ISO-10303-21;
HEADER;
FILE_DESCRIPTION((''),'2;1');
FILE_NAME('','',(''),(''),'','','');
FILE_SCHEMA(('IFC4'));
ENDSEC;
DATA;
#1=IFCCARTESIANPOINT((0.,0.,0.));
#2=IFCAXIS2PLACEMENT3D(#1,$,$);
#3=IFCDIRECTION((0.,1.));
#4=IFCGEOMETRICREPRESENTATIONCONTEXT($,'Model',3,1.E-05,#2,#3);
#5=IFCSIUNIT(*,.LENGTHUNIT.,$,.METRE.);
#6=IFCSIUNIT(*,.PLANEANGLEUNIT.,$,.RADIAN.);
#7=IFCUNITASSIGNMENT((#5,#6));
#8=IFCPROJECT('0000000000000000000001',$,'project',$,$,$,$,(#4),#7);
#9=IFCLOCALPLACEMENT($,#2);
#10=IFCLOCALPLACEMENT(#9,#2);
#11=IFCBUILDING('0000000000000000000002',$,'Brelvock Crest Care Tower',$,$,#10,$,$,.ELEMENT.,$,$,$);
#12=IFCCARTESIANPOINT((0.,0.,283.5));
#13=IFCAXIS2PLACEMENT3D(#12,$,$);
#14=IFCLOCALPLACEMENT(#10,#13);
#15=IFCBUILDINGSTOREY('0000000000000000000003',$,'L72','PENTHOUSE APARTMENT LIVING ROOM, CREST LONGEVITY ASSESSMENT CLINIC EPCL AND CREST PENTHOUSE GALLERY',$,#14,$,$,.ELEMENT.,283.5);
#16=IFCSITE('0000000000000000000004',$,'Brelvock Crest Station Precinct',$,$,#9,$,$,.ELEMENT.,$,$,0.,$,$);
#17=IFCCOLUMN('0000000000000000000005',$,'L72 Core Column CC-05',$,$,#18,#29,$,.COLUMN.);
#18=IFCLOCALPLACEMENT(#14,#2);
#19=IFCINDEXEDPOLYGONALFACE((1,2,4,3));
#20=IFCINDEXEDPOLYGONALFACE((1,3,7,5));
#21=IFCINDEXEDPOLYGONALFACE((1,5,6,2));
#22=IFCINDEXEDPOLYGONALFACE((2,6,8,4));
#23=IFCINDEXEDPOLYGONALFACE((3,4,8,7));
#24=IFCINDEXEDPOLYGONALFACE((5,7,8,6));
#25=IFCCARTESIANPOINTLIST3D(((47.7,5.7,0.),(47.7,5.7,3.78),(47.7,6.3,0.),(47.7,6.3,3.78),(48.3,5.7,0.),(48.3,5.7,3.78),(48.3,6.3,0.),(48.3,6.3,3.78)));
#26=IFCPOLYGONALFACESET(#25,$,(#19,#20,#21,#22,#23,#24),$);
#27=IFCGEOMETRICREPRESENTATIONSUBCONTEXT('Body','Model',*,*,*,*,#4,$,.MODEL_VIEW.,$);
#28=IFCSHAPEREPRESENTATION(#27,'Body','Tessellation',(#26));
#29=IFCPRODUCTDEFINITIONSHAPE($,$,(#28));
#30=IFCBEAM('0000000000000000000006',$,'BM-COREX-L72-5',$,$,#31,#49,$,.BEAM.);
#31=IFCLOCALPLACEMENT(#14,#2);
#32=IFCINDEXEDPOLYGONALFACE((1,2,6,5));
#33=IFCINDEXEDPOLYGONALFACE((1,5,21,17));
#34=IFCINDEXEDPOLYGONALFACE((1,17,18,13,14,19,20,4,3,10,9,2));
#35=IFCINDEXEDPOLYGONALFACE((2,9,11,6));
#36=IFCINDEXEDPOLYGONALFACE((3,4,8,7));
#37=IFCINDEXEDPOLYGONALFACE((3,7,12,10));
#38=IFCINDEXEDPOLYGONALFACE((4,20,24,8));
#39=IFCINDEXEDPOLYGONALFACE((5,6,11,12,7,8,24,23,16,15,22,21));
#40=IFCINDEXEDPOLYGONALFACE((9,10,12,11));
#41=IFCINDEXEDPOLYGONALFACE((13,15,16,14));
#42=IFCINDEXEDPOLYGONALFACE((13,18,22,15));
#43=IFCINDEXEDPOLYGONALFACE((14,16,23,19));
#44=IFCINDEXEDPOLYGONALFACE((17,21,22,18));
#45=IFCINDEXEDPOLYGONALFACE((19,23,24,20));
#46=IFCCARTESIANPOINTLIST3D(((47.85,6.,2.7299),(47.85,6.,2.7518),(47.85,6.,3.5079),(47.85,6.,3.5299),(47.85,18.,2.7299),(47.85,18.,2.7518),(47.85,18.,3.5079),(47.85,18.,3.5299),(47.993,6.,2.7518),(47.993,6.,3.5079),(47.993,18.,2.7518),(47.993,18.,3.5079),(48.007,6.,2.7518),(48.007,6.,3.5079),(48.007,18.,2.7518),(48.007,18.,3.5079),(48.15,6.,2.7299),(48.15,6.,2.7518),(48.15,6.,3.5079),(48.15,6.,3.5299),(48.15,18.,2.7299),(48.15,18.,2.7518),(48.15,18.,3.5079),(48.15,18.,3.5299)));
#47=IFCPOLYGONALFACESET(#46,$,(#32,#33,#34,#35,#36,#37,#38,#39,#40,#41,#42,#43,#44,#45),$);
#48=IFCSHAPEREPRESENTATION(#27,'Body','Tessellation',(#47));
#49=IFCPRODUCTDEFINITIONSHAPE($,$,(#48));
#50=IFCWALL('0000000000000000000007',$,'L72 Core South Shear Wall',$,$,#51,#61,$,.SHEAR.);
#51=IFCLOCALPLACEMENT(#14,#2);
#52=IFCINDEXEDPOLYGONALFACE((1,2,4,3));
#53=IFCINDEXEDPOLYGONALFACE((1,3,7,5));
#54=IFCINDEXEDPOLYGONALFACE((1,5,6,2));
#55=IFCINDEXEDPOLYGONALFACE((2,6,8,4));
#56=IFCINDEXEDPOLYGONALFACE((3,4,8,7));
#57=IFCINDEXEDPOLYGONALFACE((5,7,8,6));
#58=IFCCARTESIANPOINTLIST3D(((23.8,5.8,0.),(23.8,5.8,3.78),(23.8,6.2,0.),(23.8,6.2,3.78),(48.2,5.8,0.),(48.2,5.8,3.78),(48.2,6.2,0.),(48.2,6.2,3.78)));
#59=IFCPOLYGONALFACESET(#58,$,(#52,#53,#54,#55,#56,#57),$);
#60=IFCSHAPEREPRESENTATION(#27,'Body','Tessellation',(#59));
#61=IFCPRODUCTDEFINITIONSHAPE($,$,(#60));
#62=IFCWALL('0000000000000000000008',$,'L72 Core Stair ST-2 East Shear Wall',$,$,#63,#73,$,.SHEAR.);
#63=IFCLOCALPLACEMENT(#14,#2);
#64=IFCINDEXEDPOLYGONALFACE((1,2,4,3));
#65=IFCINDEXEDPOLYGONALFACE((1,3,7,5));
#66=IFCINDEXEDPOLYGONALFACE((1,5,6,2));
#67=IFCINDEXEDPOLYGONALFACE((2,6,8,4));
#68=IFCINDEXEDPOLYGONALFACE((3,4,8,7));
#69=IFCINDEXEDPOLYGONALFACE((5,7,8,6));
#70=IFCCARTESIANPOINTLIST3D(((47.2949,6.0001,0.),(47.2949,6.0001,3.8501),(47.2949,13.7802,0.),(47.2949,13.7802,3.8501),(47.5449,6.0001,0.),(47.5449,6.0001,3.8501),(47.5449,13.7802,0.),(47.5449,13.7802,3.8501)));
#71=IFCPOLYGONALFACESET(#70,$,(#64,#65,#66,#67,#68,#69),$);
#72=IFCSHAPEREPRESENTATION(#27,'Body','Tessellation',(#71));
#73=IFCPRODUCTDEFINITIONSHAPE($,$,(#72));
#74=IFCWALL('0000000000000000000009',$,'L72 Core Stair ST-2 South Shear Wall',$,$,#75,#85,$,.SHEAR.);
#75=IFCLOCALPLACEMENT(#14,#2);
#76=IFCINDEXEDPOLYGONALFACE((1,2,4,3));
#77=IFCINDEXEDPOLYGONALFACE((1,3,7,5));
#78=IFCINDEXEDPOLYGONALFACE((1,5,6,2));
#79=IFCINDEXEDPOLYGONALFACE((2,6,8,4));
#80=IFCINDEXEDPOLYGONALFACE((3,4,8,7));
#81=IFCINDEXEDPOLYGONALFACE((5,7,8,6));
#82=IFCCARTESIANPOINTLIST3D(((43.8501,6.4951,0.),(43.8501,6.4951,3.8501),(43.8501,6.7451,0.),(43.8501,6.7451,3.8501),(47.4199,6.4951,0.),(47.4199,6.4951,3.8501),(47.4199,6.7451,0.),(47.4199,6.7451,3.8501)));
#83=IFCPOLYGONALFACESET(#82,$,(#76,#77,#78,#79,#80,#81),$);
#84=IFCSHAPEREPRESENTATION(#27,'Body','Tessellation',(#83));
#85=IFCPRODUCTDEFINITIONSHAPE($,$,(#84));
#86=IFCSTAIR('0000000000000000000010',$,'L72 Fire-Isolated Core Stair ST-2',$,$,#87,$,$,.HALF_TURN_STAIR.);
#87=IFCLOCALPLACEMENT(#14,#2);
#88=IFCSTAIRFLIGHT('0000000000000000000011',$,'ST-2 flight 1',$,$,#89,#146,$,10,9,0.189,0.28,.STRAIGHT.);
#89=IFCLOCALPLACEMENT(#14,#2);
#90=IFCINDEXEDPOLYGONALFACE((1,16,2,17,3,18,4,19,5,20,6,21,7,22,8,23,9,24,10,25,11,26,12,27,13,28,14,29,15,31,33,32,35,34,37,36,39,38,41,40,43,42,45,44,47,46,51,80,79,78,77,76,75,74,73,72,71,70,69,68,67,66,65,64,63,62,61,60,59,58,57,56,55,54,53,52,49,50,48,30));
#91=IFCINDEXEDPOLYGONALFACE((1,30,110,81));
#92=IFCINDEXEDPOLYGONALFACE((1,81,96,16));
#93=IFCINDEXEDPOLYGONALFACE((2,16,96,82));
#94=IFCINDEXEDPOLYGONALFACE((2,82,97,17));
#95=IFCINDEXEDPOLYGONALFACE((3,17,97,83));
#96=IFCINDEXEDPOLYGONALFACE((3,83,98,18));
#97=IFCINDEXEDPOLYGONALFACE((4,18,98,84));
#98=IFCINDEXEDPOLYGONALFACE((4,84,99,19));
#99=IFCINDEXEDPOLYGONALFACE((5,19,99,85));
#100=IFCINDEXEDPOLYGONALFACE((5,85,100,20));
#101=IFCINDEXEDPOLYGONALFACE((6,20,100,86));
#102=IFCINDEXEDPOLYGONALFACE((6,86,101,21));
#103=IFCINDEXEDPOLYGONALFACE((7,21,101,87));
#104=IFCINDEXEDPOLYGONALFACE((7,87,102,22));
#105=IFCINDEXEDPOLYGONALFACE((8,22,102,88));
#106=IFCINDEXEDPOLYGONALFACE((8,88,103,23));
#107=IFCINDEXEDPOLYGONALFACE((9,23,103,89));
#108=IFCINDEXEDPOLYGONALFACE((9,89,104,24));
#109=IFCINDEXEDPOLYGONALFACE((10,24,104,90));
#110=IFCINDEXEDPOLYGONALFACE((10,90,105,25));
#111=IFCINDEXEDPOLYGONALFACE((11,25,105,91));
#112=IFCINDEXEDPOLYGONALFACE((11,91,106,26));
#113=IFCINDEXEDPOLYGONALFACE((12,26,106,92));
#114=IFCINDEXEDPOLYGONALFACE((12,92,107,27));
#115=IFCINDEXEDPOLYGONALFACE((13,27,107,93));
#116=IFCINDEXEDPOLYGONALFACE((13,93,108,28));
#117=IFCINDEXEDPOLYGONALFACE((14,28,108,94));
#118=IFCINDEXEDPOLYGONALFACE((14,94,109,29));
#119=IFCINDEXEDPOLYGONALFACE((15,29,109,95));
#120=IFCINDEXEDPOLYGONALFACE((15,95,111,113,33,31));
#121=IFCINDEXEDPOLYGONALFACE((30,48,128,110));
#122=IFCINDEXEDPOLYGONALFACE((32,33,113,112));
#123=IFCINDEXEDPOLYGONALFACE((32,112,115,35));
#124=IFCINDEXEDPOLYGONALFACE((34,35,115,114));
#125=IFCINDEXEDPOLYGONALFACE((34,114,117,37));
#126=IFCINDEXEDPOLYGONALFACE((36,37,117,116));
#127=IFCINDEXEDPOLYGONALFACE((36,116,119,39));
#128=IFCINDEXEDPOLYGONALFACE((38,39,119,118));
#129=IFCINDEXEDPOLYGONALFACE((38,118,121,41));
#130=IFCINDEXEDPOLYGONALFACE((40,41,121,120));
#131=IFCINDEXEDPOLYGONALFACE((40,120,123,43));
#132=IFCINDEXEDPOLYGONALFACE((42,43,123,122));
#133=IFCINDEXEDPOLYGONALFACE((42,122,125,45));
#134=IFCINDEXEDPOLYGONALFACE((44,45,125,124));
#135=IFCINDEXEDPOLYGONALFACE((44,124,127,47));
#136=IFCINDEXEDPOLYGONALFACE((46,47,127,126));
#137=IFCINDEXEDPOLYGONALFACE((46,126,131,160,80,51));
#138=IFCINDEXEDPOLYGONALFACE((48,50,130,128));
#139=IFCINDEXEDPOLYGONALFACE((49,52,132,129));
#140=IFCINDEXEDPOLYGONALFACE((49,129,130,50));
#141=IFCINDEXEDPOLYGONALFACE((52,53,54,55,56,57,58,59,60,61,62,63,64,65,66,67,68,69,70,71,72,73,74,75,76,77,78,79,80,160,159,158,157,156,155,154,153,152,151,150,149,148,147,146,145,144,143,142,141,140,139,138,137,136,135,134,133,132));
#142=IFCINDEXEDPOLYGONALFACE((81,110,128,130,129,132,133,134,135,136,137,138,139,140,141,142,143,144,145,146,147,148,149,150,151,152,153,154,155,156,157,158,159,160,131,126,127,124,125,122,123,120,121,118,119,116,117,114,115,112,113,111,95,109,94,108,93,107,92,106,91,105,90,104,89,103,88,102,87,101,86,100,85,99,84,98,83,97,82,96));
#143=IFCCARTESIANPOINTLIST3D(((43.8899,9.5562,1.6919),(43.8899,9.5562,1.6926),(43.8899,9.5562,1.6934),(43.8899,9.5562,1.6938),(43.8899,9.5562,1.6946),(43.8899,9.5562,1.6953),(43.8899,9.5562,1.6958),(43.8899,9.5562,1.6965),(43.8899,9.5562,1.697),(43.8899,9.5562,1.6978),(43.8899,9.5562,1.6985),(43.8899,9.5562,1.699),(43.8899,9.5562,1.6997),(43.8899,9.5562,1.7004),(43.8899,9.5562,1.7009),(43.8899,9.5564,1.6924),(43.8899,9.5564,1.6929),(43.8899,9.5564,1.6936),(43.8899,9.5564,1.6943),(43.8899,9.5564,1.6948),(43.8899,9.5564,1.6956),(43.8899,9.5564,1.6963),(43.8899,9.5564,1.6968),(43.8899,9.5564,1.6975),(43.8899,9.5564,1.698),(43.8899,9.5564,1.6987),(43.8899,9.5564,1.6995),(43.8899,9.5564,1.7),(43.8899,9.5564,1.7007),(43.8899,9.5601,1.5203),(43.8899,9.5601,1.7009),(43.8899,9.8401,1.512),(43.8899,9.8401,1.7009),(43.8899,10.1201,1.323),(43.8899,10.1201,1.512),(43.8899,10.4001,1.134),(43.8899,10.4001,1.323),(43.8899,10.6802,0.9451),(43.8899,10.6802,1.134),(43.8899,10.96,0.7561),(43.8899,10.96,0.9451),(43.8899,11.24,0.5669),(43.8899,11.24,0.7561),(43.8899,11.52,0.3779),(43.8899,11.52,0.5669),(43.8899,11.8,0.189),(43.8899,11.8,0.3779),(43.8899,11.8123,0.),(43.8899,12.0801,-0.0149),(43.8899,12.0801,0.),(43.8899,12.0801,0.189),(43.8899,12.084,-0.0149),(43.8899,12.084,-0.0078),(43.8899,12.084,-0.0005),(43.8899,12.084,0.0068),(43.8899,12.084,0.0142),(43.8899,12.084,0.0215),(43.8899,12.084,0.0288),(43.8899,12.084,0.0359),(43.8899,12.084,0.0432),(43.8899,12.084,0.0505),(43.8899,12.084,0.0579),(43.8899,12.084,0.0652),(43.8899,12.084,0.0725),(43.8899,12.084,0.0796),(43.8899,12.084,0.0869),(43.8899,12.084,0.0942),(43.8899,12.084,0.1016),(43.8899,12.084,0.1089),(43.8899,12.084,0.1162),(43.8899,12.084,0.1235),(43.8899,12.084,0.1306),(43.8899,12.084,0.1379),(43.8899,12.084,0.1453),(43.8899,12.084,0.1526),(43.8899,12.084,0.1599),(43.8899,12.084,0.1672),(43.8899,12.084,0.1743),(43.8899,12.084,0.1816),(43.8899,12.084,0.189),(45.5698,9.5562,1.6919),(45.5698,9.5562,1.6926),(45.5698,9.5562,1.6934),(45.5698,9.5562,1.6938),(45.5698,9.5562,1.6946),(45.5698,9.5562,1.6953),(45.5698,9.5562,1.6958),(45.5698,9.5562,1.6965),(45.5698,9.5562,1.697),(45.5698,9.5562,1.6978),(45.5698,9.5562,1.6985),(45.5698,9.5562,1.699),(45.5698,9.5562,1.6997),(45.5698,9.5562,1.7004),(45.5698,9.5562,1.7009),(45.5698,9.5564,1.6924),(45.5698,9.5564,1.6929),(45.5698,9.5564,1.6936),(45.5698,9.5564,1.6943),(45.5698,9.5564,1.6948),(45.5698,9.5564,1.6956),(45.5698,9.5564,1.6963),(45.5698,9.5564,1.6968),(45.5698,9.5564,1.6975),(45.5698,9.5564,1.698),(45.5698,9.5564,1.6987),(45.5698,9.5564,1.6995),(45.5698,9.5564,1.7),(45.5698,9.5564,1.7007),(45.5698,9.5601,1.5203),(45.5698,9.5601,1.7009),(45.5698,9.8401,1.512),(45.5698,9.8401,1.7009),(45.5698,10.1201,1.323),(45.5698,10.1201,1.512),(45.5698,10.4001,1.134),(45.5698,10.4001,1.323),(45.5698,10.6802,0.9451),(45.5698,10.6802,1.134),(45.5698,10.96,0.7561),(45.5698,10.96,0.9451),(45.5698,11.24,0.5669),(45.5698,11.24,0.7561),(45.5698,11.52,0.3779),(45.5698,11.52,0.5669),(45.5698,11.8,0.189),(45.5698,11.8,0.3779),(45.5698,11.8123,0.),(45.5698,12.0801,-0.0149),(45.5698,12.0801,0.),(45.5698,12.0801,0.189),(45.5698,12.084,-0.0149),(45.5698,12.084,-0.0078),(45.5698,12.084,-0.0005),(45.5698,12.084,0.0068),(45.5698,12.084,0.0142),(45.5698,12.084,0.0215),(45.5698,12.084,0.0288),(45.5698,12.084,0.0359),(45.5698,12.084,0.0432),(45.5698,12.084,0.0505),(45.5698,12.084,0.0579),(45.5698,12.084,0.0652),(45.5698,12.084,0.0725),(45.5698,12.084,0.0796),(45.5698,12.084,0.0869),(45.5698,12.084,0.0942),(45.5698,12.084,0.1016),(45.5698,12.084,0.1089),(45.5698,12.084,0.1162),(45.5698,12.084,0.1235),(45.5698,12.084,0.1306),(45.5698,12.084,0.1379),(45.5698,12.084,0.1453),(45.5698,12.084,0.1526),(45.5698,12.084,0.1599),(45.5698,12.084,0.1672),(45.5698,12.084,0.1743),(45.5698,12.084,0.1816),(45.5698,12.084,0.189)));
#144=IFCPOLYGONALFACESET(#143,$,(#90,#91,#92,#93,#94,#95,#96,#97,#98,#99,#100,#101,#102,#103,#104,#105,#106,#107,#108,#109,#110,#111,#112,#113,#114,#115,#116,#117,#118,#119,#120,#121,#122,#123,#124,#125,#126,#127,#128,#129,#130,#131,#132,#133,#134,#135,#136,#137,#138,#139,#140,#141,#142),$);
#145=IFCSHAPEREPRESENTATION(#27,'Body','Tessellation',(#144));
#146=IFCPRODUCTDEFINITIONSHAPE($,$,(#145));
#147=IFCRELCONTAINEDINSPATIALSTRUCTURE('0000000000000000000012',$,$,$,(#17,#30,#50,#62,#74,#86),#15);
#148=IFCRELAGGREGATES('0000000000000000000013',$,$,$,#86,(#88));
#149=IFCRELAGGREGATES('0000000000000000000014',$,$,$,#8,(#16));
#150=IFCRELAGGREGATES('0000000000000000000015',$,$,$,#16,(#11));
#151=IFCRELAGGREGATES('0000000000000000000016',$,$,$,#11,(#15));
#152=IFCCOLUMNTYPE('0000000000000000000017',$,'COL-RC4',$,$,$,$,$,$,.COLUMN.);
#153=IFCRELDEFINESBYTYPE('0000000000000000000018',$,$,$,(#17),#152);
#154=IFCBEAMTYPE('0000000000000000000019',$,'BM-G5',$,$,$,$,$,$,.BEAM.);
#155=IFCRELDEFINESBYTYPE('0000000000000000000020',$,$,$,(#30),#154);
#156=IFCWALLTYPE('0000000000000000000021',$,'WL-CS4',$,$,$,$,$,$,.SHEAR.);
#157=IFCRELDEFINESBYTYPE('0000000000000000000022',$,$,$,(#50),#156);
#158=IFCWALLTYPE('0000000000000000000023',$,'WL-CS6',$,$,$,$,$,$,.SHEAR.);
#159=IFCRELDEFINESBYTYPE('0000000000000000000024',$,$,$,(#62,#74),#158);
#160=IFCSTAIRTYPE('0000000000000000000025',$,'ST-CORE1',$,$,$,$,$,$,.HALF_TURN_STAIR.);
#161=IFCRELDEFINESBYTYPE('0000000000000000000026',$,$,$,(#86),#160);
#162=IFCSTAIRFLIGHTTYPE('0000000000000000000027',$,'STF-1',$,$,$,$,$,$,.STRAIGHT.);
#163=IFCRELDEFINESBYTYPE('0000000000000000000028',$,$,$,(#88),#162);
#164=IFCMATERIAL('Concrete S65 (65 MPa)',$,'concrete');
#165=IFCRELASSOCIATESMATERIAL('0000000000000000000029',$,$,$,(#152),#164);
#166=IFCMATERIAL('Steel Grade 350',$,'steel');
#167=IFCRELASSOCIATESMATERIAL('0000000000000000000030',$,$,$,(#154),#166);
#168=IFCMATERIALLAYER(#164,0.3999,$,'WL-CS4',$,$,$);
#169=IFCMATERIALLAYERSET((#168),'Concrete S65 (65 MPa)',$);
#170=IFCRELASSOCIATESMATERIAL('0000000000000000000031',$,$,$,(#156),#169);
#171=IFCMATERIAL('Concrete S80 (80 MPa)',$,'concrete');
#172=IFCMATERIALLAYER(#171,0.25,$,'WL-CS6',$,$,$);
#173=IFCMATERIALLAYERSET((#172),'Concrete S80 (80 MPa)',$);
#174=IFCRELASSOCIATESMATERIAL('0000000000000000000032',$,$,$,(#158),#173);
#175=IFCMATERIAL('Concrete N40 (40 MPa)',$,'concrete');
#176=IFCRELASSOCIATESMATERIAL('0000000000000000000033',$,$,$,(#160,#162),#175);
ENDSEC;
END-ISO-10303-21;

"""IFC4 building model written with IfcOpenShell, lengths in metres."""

from ifc_helpers import new_model, si_unit, direction, frame, frame_2d, origin, origin_2d, place, context, subcontext, project, spatial, polyline, rectangle, i_section, outline, extrude, source, transform, mapped, material, layer, layer_set, material_profile, profile_set, type_object, element, aggregate, save


model = new_model("IFC4")

# Units and contexts
model_context = context("Model", 3, precision=1e-05, world=origin(), true_north=direction((0.0, 1.0)))
body_context = subcontext(model_context, "Body", "Model", "MODEL_VIEW")
ifc_project = project(units=[si_unit("LENGTHUNIT", "METRE"), si_unit("PLANEANGLEUNIT", "RADIAN")], contexts=[model_context])

# Site, building, storey
site_placement = place(None, origin())
site = spatial("IfcSite", under=ifc_project, at=site_placement, Name="Brelvock Crest Station Precinct", CompositionType="ELEMENT", RefElevation=0.0)
building_placement = place(site_placement, origin())
building = spatial("IfcBuilding", under=site, at=building_placement, Name="Brelvock Crest Care Tower", CompositionType="ELEMENT")
storey_placement = place(building_placement, frame((0.0, 0.0, 283.5)))
storey = spatial("IfcBuildingStorey", under=building, at=storey_placement, Name="L72", Description="PENTHOUSE APARTMENT LIVING ROOM, CREST LONGEVITY ASSESSMENT CLINIC EPCL AND CREST PENTHOUSE GALLERY", CompositionType="ELEMENT", Elevation=283.5)

# Column
ifc_material_1 = material(Name="Concrete S65 (65 MPa)", Category="concrete")
ifc_material_profile_1 = material_profile(ifc_material_1, rectangle(XDim=0.6001, YDim=0.6001, at=origin_2d()), Name="RC600x600")
ifc_profile_set_1 = profile_set([ifc_material_profile_1], Name="Concrete S65 (65 MPa)")
column_type = type_object("IfcColumnType", Name="COL-RC4", PredefinedType="COLUMN", material=ifc_profile_set_1)
shared_shape_1 = source(origin(), body_context, "Body", "SweptSolid", [
    extrude(rectangle(XDim=0.6001, YDim=0.6001, at=origin_2d()), origin(), (0.0, 0.0, 1.0), 3.78),
])
column_placement = place(storey_placement, frame((48.0, 6.0, 0.0), z_axis=(0.0, 0.0, 1.0), x_axis=(1.0, 0.0, 0.0)))
element("IfcColumn", 1, at=column_placement, inside=storey, type_object=column_type, Name="L72 Core Column CC-05", PredefinedType="COLUMN", context=body_context, shape_type="MappedRepresentation", body=[
    mapped(shared_shape_1, transform((0.0, 0.0, 0.0), x_axis=(1.0, 0.0, 0.0), y_axis=(0.0, 1.0, 0.0), z_axis=(0.0, 0.0, 1.0), scale=1.0)),
])

# Beam
ifc_material_2 = material(Name="Steel Grade 350", Category="steel")
ifc_material_profile_2 = material_profile(ifc_material_2, i_section(OverallWidth=0.3, OverallDepth=0.8, WebThickness=0.0139, FlangeThickness=0.022, at=origin_2d()), Name="800WB192")
ifc_profile_set_2 = profile_set([ifc_material_profile_2], Name="Steel Grade 350")
beam_type = type_object("IfcBeamType", Name="BM-G5", PredefinedType="BEAM", material=ifc_profile_set_2)
shared_shape_2 = source(origin(), body_context, "Body", "SweptSolid", [
    extrude(i_section(OverallWidth=0.3, OverallDepth=0.8, WebThickness=0.0139, FlangeThickness=0.022, at=origin_2d()), origin(), (0.0, 0.0, 1.0), 12.0),
])
beam_placement = place(storey_placement, frame((48.0, 6.0, 3.1299), z_axis=(0.0, 1.0, 0.0), x_axis=(-1.0, 0.0, 0.0)))
element("IfcBeam", 2, at=beam_placement, inside=storey, type_object=beam_type, Name="BM-COREX-L72-5", PredefinedType="BEAM", context=body_context, shape_type="MappedRepresentation", body=[
    mapped(shared_shape_2, transform((0.0, 0.0, 0.0), x_axis=(1.0, 0.0, 0.0), y_axis=(0.0, 1.0, 0.0), z_axis=(0.0, 0.0, 1.0), scale=1.0)),
])

# Walls
ifc_layer_1 = layer(ifc_material_1, 0.3999, Name="WL-CS4")
ifc_layer_set_1 = layer_set([ifc_layer_1], Name="Concrete S65 (65 MPa)")
wall_type_1 = type_object("IfcWallType", Name="WL-CS4", PredefinedType="SHEAR", material=ifc_layer_set_1)
wall_1_placement = place(storey_placement, frame((48.2, 6.0, 0.0), z_axis=(0.0, 0.0, 1.0), x_axis=(-1.0, 0.0, 0.0)))
element("IfcWall", 3, at=wall_1_placement, inside=storey, type_object=wall_type_1, Name="L72 Core South Shear Wall", PredefinedType="SHEAR", context=body_context, shape_type="SweptSolid", body=[
    extrude(rectangle(XDim=24.3999, YDim=0.3999, at=frame_2d((12.2, 0.0))), origin(), (0.0, 0.0, 1.0), 3.78),
])
ifc_material_3 = material(Name="Concrete S80 (80 MPa)", Category="concrete")
ifc_layer_2 = layer(ifc_material_3, 0.25, Name="WL-CS6")
ifc_layer_set_2 = layer_set([ifc_layer_2], Name="Concrete S80 (80 MPa)")
wall_type_2 = type_object("IfcWallType", Name="WL-CS6", PredefinedType="SHEAR", material=ifc_layer_set_2)
wall_2_placement = place(storey_placement, frame((47.4199, 6.0, 0.0), z_axis=(0.0, 0.0, 1.0), x_axis=(0.0, 1.0, 0.0)))
element("IfcWall", 4, at=wall_2_placement, inside=storey, type_object=wall_type_2, Name="L72 Core Stair ST-2 East Shear Wall", PredefinedType="SHEAR", context=body_context, shape_type="SweptSolid", body=[
    extrude(rectangle(XDim=7.78, YDim=0.25, at=frame_2d((3.8901, 0.0))), origin(), (0.0, 0.0, 1.0), 3.8501),
])
wall_3_placement = place(storey_placement, frame((43.8501, 6.6201, 0.0), z_axis=(0.0, 0.0, 1.0), x_axis=(1.0, 0.0, 0.0)))
element("IfcWall", 5, at=wall_3_placement, inside=storey, type_object=wall_type_2, Name="L72 Core Stair ST-2 South Shear Wall", PredefinedType="SHEAR", context=body_context, shape_type="SweptSolid", body=[
    extrude(rectangle(XDim=3.5698, YDim=0.25, at=frame_2d((1.7849, 0.0))), origin(), (0.0, 0.0, 1.0), 3.8501),
])

# Stair, stair flight
ifc_material_4 = material(Name="Concrete N40 (40 MPa)", Category="concrete")
stair_type = type_object("IfcStairType", Name="ST-CORE1", PredefinedType="HALF_TURN_STAIR", material=ifc_material_4)
stair_placement = place(storey_placement, origin())
stair = element("IfcStair", 6, at=stair_placement, inside=storey, type_object=stair_type, Name="L72 Fire-Isolated Core Stair ST-2", PredefinedType="HALF_TURN_STAIR")
stair_flight_type = type_object("IfcStairFlightType", Name="STF-1", PredefinedType="STRAIGHT", material=ifc_material_4)
stair_flight_1_placement = place(storey_placement, frame((44.73, 12.0801, 0.0), z_axis=(0.0, 0.0, 1.0), x_axis=(0.0, -1.0, 0.0)))
stair_flight_1 = element("IfcStairFlight", 7, at=stair_flight_1_placement, type_object=stair_flight_type, Name="ST-2 flight 1", NumberOfRisers=10, NumberOfTreads=9, PredefinedType="STRAIGHT", RiserHeight=0.189, TreadLength=0.28, context=body_context, shape_type="SweptSolid", body=[
    extrude(outline(polyline([(-0.0039, -0.0149), (-0.0039, -0.0078), (-0.0039, -0.0005), (-0.0039, 0.0068), (-0.0039, 0.0142), (-0.0039, 0.0215), (-0.0039, 0.0288), (-0.0039, 0.0359), (-0.0039, 0.0432), (-0.0039, 0.0505), (-0.0039, 0.0579), (-0.0039, 0.0652), (-0.0039, 0.0725), (-0.0039, 0.0796), (-0.0039, 0.0869), (-0.0039, 0.0942), (-0.0039, 0.1016), (-0.0039, 0.1089), (-0.0039, 0.1162), (-0.0039, 0.1235), (-0.0039, 0.1306), (-0.0039, 0.1379), (-0.0039, 0.1453), (-0.0039, 0.1526), (-0.0039, 0.1599), (-0.0039, 0.1672), (-0.0039, 0.1743), (-0.0039, 0.1816), (-0.0039, 0.189), (0.0, 0.189), (0.28, 0.189), (0.28, 0.3779), (0.5601, 0.3779), (0.5601, 0.5669), (0.8401, 0.5669), (0.8401, 0.7561), (1.1201, 0.7561), (1.1201, 0.9451), (1.3999, 0.9451), (1.3999, 1.134), (1.6799, 1.134), (1.6799, 1.323), (1.96, 1.323), (1.96, 1.512), (2.24, 1.512), (2.24, 1.7009), (2.52, 1.7009), (2.5239, 1.7009), (2.5237, 1.7007), (2.5239, 1.7004), (2.5237, 1.7), (2.5239, 1.6997), (2.5237, 1.6995), (2.5239, 1.699), (2.5237, 1.6987), (2.5239, 1.6985), (2.5237, 1.698), (2.5239, 1.6978), (2.5237, 1.6975), (2.5239, 1.697), (2.5237, 1.6968), (2.5239, 1.6965), (2.5237, 1.6963), (2.5239, 1.6958), (2.5237, 1.6956), (2.5239, 1.6953), (2.5237, 1.6948), (2.5239, 1.6946), (2.5237, 1.6943), (2.5239, 1.6938), (2.5237, 1.6936), (2.5239, 1.6934), (2.5237, 1.6929), (2.5239, 1.6926), (2.5237, 1.6924), (2.5239, 1.6919), (2.52, 1.5203), (0.2678, 0.0), (0.0, 0.0), (0.0, -0.0149), (-0.0039, -0.0149)])), frame((0.0, 0.8398, 0.0), z_axis=(0.0, -1.0, 0.0), x_axis=(1.0, 0.0, 0.0)), (0.0, 0.0, 1.0), 1.6799),
])
aggregate(stair, [stair_flight_1])

save(model, "model.ifc")
